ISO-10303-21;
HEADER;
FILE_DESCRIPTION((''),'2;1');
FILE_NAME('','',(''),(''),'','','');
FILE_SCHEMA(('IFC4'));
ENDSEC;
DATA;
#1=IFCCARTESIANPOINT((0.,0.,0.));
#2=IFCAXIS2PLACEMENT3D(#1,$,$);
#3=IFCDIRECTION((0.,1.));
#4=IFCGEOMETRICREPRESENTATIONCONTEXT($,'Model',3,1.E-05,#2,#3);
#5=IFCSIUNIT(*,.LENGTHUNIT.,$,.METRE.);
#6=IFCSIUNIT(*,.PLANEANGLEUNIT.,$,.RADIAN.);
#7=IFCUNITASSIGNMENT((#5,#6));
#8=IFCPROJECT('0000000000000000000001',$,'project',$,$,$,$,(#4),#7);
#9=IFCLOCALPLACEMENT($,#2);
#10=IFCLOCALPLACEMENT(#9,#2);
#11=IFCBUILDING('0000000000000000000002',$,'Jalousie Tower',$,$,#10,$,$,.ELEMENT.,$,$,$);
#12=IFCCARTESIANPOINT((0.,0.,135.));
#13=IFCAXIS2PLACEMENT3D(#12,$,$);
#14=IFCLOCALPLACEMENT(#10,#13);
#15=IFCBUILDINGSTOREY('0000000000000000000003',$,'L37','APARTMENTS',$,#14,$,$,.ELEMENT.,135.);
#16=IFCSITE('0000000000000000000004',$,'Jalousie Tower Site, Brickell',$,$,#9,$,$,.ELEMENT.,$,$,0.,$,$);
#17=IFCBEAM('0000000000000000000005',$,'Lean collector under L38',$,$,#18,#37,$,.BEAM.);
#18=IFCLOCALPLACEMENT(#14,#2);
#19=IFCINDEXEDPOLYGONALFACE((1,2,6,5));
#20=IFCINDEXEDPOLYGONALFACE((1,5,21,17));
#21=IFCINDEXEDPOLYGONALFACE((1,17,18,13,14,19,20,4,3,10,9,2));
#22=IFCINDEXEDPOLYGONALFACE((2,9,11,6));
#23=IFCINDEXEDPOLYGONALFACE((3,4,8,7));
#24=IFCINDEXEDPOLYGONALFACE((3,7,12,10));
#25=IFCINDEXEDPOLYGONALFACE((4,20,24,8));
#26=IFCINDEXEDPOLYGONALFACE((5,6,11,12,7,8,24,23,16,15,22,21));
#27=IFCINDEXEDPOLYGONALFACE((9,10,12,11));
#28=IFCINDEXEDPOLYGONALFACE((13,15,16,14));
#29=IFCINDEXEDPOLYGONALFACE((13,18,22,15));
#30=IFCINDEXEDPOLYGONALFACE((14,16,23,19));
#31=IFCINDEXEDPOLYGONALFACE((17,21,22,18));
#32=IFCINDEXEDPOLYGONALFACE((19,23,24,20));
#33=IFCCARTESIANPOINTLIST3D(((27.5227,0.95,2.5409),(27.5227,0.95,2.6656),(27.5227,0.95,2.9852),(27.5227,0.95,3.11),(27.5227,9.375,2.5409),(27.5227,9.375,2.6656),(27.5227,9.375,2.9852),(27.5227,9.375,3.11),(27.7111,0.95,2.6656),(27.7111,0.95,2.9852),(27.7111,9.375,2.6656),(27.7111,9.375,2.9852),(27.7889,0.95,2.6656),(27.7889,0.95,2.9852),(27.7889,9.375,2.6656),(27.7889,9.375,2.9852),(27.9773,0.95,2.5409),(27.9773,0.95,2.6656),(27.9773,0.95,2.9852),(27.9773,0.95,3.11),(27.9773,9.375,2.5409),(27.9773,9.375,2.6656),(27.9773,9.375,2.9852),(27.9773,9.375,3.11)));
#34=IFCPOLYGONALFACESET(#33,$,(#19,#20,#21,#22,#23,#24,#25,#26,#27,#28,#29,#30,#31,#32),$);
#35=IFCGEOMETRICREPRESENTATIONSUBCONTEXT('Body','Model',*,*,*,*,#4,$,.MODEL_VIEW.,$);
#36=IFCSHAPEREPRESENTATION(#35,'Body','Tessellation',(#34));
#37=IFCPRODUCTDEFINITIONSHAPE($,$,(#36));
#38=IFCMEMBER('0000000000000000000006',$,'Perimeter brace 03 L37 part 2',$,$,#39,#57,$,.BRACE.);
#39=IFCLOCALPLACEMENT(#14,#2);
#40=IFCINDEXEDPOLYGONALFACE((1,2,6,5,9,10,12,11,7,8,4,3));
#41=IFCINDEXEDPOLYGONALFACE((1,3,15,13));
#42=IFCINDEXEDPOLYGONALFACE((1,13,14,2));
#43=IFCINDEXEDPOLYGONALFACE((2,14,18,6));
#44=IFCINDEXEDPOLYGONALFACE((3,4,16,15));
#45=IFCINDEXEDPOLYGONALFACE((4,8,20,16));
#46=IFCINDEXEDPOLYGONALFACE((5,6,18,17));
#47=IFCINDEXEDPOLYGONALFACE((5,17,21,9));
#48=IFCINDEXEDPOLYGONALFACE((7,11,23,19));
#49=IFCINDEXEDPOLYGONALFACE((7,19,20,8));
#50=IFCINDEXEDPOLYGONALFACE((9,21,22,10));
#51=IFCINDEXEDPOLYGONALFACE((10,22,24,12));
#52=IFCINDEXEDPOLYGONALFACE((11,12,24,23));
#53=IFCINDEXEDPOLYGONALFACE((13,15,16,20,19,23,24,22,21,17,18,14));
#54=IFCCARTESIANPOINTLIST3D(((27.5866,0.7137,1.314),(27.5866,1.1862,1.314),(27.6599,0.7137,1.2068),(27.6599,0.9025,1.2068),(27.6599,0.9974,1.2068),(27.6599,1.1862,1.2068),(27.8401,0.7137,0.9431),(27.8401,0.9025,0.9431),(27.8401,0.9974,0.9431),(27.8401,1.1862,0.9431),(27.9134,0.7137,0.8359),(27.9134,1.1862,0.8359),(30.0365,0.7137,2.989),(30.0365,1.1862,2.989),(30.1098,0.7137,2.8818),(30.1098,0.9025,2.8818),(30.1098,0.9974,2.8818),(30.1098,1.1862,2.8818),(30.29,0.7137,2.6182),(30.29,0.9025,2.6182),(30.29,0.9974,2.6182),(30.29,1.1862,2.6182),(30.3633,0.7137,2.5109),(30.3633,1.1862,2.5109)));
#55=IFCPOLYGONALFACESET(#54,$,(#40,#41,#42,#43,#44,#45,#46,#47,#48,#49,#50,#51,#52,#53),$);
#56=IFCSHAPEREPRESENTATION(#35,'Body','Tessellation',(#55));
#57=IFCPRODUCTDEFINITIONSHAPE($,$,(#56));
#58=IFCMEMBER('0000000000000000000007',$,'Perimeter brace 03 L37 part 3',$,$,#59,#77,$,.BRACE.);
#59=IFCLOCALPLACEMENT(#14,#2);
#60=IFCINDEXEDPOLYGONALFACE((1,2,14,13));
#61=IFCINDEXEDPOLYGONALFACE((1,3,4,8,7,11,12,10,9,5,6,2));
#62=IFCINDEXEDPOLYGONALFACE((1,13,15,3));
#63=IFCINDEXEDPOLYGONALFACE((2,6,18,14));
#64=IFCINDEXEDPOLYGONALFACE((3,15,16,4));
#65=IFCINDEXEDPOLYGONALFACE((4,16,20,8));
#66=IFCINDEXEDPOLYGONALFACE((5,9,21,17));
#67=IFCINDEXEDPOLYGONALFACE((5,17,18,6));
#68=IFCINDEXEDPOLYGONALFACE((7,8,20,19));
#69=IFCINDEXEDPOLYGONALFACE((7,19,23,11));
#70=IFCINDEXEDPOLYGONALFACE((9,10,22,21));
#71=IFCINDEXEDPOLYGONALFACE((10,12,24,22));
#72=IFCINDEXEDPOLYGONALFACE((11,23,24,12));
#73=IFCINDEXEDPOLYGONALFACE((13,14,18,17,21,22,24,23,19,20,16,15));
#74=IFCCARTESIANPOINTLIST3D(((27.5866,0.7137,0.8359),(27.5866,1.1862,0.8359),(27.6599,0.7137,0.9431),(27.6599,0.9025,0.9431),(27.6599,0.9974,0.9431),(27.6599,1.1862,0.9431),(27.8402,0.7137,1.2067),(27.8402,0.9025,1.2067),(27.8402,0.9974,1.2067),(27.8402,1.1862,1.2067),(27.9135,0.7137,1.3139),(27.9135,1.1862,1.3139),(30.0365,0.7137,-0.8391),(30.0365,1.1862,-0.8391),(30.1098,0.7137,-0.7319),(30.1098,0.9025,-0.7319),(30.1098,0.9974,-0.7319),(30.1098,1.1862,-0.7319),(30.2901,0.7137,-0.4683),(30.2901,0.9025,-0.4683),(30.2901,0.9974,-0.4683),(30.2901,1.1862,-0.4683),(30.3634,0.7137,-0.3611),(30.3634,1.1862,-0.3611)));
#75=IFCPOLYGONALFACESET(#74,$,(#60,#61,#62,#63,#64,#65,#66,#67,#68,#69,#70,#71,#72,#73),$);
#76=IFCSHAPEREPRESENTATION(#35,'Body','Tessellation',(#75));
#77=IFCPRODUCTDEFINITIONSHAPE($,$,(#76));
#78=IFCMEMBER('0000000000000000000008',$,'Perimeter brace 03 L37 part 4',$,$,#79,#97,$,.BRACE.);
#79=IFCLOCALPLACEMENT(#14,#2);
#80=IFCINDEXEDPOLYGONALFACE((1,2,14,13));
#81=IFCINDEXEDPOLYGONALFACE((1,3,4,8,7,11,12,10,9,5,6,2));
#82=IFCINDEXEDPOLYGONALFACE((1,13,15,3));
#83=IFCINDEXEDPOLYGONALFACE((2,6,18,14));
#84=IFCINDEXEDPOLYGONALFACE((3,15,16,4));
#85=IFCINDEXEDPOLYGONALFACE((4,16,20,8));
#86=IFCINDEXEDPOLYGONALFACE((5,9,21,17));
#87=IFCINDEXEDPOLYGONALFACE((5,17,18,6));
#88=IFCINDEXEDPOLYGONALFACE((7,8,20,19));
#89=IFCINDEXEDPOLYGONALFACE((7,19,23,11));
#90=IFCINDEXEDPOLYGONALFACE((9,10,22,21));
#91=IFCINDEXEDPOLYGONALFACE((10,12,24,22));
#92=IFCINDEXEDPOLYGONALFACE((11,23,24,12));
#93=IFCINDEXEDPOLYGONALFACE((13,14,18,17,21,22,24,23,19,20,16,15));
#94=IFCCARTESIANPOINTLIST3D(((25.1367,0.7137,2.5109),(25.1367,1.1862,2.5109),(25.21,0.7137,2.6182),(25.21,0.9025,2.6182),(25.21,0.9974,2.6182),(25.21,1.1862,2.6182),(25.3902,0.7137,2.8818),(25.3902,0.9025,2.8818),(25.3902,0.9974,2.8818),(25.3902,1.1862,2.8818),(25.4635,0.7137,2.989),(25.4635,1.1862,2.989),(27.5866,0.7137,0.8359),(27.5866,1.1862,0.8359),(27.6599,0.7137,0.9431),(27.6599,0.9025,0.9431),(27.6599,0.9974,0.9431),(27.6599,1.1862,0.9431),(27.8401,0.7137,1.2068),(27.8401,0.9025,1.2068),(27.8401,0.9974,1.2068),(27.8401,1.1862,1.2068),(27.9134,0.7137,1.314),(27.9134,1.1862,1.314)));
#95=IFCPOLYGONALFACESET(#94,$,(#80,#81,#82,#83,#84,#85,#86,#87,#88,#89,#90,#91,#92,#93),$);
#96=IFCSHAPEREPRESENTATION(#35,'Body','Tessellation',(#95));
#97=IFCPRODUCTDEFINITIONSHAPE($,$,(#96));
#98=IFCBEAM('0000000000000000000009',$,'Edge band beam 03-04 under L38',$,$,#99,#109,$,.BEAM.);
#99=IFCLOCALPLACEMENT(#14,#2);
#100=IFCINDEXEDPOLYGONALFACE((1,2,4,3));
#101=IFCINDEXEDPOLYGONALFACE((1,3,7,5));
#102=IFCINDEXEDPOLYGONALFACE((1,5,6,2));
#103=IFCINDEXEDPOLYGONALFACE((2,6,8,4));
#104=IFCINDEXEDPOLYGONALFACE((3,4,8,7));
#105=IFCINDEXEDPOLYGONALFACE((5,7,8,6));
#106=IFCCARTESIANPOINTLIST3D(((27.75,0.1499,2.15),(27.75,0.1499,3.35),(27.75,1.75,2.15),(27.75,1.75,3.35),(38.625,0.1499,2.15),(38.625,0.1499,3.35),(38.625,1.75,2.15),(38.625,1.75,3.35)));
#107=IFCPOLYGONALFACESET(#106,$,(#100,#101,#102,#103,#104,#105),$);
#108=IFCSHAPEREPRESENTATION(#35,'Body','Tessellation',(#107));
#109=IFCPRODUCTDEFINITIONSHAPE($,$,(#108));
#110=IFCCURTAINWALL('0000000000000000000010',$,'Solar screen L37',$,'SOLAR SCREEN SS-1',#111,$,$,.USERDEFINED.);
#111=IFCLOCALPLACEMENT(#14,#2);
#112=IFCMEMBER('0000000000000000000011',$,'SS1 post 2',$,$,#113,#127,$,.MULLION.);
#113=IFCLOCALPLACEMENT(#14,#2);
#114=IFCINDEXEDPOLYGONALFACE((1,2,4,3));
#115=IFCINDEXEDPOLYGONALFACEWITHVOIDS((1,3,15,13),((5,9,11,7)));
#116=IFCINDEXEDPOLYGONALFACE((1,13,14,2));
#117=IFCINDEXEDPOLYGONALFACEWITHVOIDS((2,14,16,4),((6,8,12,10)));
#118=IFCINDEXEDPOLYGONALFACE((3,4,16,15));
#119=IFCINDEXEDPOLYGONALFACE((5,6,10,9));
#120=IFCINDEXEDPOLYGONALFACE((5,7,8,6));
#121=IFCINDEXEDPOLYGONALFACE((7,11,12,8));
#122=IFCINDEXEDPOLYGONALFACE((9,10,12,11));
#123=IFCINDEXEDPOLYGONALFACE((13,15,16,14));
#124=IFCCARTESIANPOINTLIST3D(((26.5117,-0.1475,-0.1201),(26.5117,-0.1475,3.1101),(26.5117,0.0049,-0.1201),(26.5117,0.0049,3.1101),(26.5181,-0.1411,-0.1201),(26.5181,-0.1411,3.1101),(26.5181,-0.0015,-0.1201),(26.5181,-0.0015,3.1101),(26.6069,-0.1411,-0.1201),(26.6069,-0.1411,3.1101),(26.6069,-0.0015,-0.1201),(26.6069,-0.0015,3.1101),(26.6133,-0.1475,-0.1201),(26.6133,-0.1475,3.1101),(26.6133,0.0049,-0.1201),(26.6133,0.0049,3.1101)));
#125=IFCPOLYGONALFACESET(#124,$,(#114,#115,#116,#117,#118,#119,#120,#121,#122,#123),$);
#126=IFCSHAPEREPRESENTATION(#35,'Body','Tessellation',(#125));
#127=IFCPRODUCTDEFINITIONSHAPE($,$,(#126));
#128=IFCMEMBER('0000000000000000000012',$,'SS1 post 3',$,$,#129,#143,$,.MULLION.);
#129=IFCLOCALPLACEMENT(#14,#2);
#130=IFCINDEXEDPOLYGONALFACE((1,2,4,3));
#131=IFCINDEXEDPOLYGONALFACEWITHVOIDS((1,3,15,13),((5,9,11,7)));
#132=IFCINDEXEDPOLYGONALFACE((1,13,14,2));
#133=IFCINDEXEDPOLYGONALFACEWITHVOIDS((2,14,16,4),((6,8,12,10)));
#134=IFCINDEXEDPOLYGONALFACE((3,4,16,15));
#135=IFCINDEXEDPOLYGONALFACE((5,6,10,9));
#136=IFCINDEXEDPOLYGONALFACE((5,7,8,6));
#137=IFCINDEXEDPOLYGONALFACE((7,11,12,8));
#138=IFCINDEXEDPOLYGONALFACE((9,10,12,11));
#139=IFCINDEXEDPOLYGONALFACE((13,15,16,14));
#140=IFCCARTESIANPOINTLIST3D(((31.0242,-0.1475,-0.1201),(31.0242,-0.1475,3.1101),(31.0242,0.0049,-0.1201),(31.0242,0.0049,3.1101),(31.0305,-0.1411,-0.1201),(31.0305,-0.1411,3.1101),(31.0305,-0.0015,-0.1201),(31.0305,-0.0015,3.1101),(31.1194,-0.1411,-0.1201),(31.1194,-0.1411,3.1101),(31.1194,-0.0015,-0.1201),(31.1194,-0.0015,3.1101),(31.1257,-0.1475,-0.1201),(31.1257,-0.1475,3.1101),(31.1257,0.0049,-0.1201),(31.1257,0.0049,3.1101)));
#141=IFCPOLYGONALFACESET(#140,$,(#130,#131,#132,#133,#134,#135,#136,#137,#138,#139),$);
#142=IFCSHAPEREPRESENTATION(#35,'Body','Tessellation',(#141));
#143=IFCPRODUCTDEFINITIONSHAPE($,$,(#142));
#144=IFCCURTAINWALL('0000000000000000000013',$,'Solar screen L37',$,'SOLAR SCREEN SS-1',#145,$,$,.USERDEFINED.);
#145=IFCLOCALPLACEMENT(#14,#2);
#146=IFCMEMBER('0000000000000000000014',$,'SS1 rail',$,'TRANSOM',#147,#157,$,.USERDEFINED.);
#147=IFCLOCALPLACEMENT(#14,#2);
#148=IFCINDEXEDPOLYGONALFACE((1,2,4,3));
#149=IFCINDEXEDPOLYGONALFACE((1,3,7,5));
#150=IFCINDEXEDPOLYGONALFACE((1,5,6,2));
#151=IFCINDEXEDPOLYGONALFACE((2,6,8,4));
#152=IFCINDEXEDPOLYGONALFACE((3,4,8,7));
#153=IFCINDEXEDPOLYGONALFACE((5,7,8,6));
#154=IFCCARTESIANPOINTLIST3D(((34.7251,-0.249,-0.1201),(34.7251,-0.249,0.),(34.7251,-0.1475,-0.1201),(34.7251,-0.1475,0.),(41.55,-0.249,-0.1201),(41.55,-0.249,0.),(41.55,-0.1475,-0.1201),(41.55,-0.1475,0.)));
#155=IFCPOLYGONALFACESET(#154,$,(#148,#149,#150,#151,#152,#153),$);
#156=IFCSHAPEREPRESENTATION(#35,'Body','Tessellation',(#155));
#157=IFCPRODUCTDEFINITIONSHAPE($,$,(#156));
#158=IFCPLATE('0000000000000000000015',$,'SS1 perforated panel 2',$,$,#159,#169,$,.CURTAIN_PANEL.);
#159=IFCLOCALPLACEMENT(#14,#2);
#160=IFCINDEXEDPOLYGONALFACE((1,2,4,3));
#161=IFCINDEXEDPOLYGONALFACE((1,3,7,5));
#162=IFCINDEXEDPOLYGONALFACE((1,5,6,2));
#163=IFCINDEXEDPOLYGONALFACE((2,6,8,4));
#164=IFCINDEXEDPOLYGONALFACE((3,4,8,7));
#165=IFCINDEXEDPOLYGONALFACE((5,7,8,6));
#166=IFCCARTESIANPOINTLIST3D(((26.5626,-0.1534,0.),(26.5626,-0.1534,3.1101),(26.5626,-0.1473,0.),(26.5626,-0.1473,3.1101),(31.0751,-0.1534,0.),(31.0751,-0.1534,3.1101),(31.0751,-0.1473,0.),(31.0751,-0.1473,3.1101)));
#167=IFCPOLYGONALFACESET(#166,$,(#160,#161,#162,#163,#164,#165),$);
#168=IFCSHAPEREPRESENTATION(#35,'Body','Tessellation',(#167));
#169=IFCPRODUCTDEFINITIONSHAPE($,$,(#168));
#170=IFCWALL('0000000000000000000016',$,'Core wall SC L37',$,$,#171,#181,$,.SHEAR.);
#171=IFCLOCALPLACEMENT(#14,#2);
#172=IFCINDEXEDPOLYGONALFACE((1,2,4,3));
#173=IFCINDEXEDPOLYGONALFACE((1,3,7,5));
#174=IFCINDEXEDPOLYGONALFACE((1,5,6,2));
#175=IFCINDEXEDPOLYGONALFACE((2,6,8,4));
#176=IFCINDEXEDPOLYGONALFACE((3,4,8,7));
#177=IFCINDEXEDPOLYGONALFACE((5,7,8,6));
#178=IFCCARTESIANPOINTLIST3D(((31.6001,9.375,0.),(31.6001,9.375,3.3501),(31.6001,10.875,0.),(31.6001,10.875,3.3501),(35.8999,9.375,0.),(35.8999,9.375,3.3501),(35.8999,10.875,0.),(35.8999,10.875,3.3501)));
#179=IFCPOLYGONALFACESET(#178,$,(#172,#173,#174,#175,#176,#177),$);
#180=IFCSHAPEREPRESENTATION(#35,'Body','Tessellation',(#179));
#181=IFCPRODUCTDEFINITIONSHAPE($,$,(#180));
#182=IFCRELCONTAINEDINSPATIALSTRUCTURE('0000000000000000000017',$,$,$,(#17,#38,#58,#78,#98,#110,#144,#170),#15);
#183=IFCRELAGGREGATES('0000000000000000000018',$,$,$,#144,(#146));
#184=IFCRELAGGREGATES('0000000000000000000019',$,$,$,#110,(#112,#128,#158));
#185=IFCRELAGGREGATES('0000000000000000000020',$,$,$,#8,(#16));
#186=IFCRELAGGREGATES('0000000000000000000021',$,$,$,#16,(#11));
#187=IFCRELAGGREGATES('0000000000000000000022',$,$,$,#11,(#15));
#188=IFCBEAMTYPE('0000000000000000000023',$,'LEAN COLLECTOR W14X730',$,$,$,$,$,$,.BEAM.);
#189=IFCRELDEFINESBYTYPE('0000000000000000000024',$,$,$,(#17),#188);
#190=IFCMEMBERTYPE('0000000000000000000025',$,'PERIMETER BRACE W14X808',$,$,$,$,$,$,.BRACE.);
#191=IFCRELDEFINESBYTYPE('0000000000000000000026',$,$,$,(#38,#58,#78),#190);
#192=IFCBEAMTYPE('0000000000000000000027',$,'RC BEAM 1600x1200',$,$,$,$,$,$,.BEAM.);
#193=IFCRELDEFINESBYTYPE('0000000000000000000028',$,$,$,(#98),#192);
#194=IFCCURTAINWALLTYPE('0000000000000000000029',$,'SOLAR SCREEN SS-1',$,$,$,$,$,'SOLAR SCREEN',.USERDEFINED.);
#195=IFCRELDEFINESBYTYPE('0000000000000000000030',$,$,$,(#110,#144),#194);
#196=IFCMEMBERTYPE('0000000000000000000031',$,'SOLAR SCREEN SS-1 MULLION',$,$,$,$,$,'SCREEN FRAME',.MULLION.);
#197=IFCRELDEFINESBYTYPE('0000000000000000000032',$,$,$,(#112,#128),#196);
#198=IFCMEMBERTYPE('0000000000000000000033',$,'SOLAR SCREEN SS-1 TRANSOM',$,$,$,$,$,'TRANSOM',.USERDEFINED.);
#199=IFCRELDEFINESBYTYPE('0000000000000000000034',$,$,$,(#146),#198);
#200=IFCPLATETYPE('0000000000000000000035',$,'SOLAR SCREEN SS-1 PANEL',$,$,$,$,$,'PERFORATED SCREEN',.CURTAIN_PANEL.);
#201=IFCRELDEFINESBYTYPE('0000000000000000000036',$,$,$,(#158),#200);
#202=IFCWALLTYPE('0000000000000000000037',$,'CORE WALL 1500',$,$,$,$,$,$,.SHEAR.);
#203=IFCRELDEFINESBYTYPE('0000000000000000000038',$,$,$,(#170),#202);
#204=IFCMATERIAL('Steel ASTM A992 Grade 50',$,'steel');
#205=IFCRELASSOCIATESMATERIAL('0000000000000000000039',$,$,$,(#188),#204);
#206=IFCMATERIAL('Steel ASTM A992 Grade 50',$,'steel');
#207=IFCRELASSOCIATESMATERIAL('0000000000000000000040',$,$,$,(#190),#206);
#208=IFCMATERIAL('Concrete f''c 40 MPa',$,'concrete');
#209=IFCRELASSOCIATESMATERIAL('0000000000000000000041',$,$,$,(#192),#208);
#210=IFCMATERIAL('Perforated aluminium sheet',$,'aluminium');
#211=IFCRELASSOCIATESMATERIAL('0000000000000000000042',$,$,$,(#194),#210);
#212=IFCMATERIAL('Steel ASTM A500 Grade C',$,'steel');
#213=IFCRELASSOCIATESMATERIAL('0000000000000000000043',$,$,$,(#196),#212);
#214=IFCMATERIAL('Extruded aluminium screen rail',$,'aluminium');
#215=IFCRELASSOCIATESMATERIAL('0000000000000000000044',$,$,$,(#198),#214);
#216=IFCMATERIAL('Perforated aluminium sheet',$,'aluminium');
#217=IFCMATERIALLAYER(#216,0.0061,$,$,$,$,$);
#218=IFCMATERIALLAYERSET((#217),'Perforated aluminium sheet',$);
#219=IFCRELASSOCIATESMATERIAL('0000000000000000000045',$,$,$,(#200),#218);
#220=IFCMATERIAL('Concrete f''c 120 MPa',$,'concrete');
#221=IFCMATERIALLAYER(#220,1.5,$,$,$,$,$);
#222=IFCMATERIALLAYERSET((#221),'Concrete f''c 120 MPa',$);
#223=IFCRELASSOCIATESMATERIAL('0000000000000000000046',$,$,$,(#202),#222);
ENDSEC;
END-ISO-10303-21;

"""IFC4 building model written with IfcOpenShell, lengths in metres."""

from ifc_helpers import new_model, si_unit, direction, frame, frame_2d, origin, origin_2d, place, context, subcontext, project, spatial, rectangle, hollow_rectangle, i_section, extrude, material, layer, layer_set, material_profile, profile_set, type_object, element, aggregate, save


model = new_model("IFC4")

# Units and contexts
model_context = context("Model", 3, precision=1e-05, world=origin(), true_north=direction((0.0, 1.0)))
body_context = subcontext(model_context, "Body", "Model", "MODEL_VIEW")
ifc_project = project(units=[si_unit("LENGTHUNIT", "METRE"), si_unit("PLANEANGLEUNIT", "RADIAN")], contexts=[model_context])

# Site, building, storey
site_placement = place(None, origin())
site = spatial("IfcSite", under=ifc_project, at=site_placement, Name="Jalousie Tower Site, Brickell", CompositionType="ELEMENT", RefElevation=0.0)
building_placement = place(site_placement, origin())
building = spatial("IfcBuilding", under=site, at=building_placement, Name="Jalousie Tower", CompositionType="ELEMENT")
storey_placement = place(building_placement, frame((0.0, 0.0, 135.0)))
storey = spatial("IfcBuildingStorey", under=building, at=storey_placement, Name="L37", Description="APARTMENTS", CompositionType="ELEMENT", Elevation=135.0)

# Beam
ifc_material_1 = material(Name="Steel ASTM A992 Grade 50", Category="steel")
ifc_material_profile_1 = material_profile(ifc_material_1, i_section(OverallWidth=0.4546, OverallDepth=0.5691, WebThickness=0.0779, FlangeThickness=0.1248, at=origin_2d()), Name="W14X730")
ifc_profile_set_1 = profile_set([ifc_material_profile_1], Name="Steel ASTM A992 Grade 50")
beam_type_1 = type_object("IfcBeamType", Name="LEAN COLLECTOR W14X730", PredefinedType="BEAM", material=ifc_profile_set_1)
beam_1_placement = place(storey_placement, frame((27.75, 0.95, 2.8254), z_axis=(0.0, 1.0, 0.0), x_axis=(-1.0, 0.0, 0.0)))
element("IfcBeam", 1, at=beam_1_placement, inside=storey, type_object=beam_type_1, Name="Lean collector under L38", PredefinedType="BEAM", context=body_context, shape_type="SweptSolid", body=[
    extrude(i_section(OverallWidth=0.4546, OverallDepth=0.5691, WebThickness=0.0779, FlangeThickness=0.1248, at=origin_2d()), origin(), (0.0, 0.0, 1.0), 8.425),
])

# Members
ifc_material_2 = material(Name="Steel ASTM A992 Grade 50", Category="steel")
ifc_material_profile_2 = material_profile(ifc_material_2, i_section(OverallWidth=0.4724, OverallDepth=0.5791, WebThickness=0.095, FlangeThickness=0.1299, at=origin_2d()), Name="W14X808")
ifc_profile_set_2 = profile_set([ifc_material_profile_2], Name="Steel ASTM A992 Grade 50")
member_type_1 = type_object("IfcMemberType", Name="PERIMETER BRACE W14X808", PredefinedType="BRACE", material=ifc_profile_set_2)
for number, where, z_axis, x_axis, name in (
    (2, (27.75, 0.95, 1.075), (0.825501, 0.0, 0.564401), (0.0, 1.0, 0.0), "Perimeter brace 03 L37 part 2"),
    (3, (30.2, 0.95, -0.6001), (-0.825501, 0.0, 0.564401), (0.0, -1.0, 0.0), "Perimeter brace 03 L37 part 3"),
    (4, (27.75, 0.95, 1.075), (-0.825501, 0.0, 0.564401), (0.0, -1.0, 0.0), "Perimeter brace 03 L37 part 4"),
):
    element("IfcMember", number, at=place(storey_placement, frame(where, z_axis=z_axis, x_axis=x_axis)), inside=storey, type_object=member_type_1, Name=name, PredefinedType="BRACE", context=body_context, shape_type="SweptSolid", body=[
        extrude(i_section(OverallWidth=0.4724, OverallDepth=0.5791, WebThickness=0.095, FlangeThickness=0.1299, at=origin_2d()), origin(), (0.0, 0.0, 1.0), 2.9678),
    ])

# Beam
ifc_material_3 = material(Name="Concrete f'c 40 MPa", Category="concrete")
ifc_material_profile_3 = material_profile(ifc_material_3, rectangle(XDim=1.6001, YDim=1.2, at=origin_2d()), Name="RC 1600x1200")
ifc_profile_set_3 = profile_set([ifc_material_profile_3], Name="Concrete f'c 40 MPa")
beam_type_2 = type_object("IfcBeamType", Name="RC BEAM 1600x1200", PredefinedType="BEAM", material=ifc_profile_set_3)
beam_2_placement = place(storey_placement, frame((27.75, 0.95, 2.75), z_axis=(1.0, 0.0, 0.0), x_axis=(0.0, 1.0, 0.0)))
element("IfcBeam", 5, at=beam_2_placement, inside=storey, type_object=beam_type_2, Name="Edge band beam 03-04 under L38", PredefinedType="BEAM", context=body_context, shape_type="SweptSolid", body=[
    extrude(rectangle(XDim=1.6001, YDim=1.2, at=origin_2d()), origin(), (0.0, 0.0, 1.0), 10.875),
])

# Curtain wall, members
ifc_material_4 = material(Name="Perforated aluminium sheet", Category="aluminium")
curtain_wall_type = type_object("IfcCurtainWallType", Name="SOLAR SCREEN SS-1", ElementType="SOLAR SCREEN", PredefinedType="USERDEFINED", material=ifc_material_4)
curtain_wall_1_placement = place(storey_placement, origin())
curtain_wall_1 = element("IfcCurtainWall", 6, at=curtain_wall_1_placement, inside=storey, type_object=curtain_wall_type, Name="Solar screen L37", ObjectType="SOLAR SCREEN SS-1", PredefinedType="USERDEFINED")
ifc_material_5 = material(Name="Steel ASTM A500 Grade C", Category="steel")
ifc_material_profile_4 = material_profile(ifc_material_5, hollow_rectangle(XDim=0.1016, YDim=0.1523, WallThickness=0.0063, at=origin_2d()), Name="HSS6X4X1/4")
ifc_profile_set_4 = profile_set([ifc_material_profile_4], Name="Steel ASTM A500 Grade C")
member_type_2 = type_object("IfcMemberType", Name="SOLAR SCREEN SS-1 MULLION", ElementType="SCREEN FRAME", PredefinedType="MULLION", material=ifc_profile_set_4)
member_1_placement = place(storey_placement, frame((26.5625, -0.0713, -0.1201), z_axis=(0.0, 0.0, 1.0), x_axis=(1.0, 0.0, 0.0)))
member_1 = element("IfcMember", 7, at=member_1_placement, type_object=member_type_2, Name="SS1 post 2", PredefinedType="MULLION", context=body_context, shape_type="SweptSolid", body=[
    extrude(hollow_rectangle(XDim=0.1016, YDim=0.1523, WallThickness=0.0063, at=origin_2d()), origin(), (0.0, 0.0, 1.0), 3.2302),
])
member_2_placement = place(storey_placement, frame((31.075, -0.0713, -0.1201), z_axis=(0.0, 0.0, 1.0), x_axis=(1.0, 0.0, 0.0)))
member_2 = element("IfcMember", 8, at=member_2_placement, type_object=member_type_2, Name="SS1 post 3", PredefinedType="MULLION", context=body_context, shape_type="SweptSolid", body=[
    extrude(hollow_rectangle(XDim=0.1016, YDim=0.1523, WallThickness=0.0063, at=origin_2d()), origin(), (0.0, 0.0, 1.0), 3.2302),
])

# Curtain wall, member
curtain_wall_2_placement = place(storey_placement, origin())
curtain_wall_2 = element("IfcCurtainWall", 9, at=curtain_wall_2_placement, inside=storey, type_object=curtain_wall_type, Name="Solar screen L37", ObjectType="SOLAR SCREEN SS-1", PredefinedType="USERDEFINED")
ifc_material_6 = material(Name="Extruded aluminium screen rail", Category="aluminium")
ifc_material_profile_5 = material_profile(ifc_material_6, rectangle(XDim=0.1016, YDim=0.1201, at=origin_2d()), Name="RAIL 102x120")
ifc_profile_set_5 = profile_set([ifc_material_profile_5], Name="Extruded aluminium screen rail")
member_type_3 = type_object("IfcMemberType", Name="SOLAR SCREEN SS-1 TRANSOM", ElementType="TRANSOM", PredefinedType="USERDEFINED", material=ifc_profile_set_5)
member_3_placement = place(storey_placement, frame((34.7251, -0.1982, -0.0601), z_axis=(1.0, 0.0, 0.0), x_axis=(0.0, 1.0, 0.0)))
member_3 = element("IfcMember", 10, at=member_3_placement, type_object=member_type_3, Name="SS1 rail", ObjectType="TRANSOM", PredefinedType="USERDEFINED", context=body_context, shape_type="SweptSolid", body=[
    extrude(rectangle(XDim=0.1016, YDim=0.1201, at=origin_2d()), origin(), (0.0, 0.0, 1.0), 6.825),
])
aggregate(curtain_wall_2, [member_3])

# Plate
ifc_material_7 = material(Name="Perforated aluminium sheet", Category="aluminium")
ifc_layer_1 = layer(ifc_material_7, 0.0061)
ifc_layer_set_1 = layer_set([ifc_layer_1], Name="Perforated aluminium sheet")
plate_type = type_object("IfcPlateType", Name="SOLAR SCREEN SS-1 PANEL", ElementType="PERFORATED SCREEN", PredefinedType="CURTAIN_PANEL", material=ifc_layer_set_1)
plate_placement = place(storey_placement, frame((28.8188, -0.1504, 0.0), z_axis=(0.0, 0.0, 1.0), x_axis=(1.0, 0.0, 0.0)))
plate = element("IfcPlate", 11, at=plate_placement, type_object=plate_type, Name="SS1 perforated panel 2", PredefinedType="CURTAIN_PANEL", context=body_context, shape_type="SweptSolid", body=[
    extrude(rectangle(XDim=4.5125, YDim=0.0061, at=origin_2d()), origin(), (0.0, 0.0, 1.0), 3.1101),
])
aggregate(curtain_wall_1, [member_1, member_2, plate])

# Wall
ifc_material_8 = material(Name="Concrete f'c 120 MPa", Category="concrete")
ifc_layer_2 = layer(ifc_material_8, 1.5)
ifc_layer_set_2 = layer_set([ifc_layer_2], Name="Concrete f'c 120 MPa")
wall_type_1 = type_object("IfcWallType", Name="CORE WALL 1500", PredefinedType="SHEAR", material=ifc_layer_set_2)
wall_1_placement = place(storey_placement, frame((31.6001, 10.125, 0.0), z_axis=(0.0, 0.0, 1.0), x_axis=(1.0, 0.0, 0.0)))
element("IfcWall", 12, at=wall_1_placement, inside=storey, type_object=wall_type_1, Name="Core wall SC L37", PredefinedType="SHEAR", context=body_context, shape_type="SweptSolid", body=[
    extrude(rectangle(XDim=4.2998, YDim=1.5, at=frame_2d((2.1499, 0.0))), origin(), (0.0, 0.0, 1.0), 3.3501),
])

save(model, "model.ifc")
